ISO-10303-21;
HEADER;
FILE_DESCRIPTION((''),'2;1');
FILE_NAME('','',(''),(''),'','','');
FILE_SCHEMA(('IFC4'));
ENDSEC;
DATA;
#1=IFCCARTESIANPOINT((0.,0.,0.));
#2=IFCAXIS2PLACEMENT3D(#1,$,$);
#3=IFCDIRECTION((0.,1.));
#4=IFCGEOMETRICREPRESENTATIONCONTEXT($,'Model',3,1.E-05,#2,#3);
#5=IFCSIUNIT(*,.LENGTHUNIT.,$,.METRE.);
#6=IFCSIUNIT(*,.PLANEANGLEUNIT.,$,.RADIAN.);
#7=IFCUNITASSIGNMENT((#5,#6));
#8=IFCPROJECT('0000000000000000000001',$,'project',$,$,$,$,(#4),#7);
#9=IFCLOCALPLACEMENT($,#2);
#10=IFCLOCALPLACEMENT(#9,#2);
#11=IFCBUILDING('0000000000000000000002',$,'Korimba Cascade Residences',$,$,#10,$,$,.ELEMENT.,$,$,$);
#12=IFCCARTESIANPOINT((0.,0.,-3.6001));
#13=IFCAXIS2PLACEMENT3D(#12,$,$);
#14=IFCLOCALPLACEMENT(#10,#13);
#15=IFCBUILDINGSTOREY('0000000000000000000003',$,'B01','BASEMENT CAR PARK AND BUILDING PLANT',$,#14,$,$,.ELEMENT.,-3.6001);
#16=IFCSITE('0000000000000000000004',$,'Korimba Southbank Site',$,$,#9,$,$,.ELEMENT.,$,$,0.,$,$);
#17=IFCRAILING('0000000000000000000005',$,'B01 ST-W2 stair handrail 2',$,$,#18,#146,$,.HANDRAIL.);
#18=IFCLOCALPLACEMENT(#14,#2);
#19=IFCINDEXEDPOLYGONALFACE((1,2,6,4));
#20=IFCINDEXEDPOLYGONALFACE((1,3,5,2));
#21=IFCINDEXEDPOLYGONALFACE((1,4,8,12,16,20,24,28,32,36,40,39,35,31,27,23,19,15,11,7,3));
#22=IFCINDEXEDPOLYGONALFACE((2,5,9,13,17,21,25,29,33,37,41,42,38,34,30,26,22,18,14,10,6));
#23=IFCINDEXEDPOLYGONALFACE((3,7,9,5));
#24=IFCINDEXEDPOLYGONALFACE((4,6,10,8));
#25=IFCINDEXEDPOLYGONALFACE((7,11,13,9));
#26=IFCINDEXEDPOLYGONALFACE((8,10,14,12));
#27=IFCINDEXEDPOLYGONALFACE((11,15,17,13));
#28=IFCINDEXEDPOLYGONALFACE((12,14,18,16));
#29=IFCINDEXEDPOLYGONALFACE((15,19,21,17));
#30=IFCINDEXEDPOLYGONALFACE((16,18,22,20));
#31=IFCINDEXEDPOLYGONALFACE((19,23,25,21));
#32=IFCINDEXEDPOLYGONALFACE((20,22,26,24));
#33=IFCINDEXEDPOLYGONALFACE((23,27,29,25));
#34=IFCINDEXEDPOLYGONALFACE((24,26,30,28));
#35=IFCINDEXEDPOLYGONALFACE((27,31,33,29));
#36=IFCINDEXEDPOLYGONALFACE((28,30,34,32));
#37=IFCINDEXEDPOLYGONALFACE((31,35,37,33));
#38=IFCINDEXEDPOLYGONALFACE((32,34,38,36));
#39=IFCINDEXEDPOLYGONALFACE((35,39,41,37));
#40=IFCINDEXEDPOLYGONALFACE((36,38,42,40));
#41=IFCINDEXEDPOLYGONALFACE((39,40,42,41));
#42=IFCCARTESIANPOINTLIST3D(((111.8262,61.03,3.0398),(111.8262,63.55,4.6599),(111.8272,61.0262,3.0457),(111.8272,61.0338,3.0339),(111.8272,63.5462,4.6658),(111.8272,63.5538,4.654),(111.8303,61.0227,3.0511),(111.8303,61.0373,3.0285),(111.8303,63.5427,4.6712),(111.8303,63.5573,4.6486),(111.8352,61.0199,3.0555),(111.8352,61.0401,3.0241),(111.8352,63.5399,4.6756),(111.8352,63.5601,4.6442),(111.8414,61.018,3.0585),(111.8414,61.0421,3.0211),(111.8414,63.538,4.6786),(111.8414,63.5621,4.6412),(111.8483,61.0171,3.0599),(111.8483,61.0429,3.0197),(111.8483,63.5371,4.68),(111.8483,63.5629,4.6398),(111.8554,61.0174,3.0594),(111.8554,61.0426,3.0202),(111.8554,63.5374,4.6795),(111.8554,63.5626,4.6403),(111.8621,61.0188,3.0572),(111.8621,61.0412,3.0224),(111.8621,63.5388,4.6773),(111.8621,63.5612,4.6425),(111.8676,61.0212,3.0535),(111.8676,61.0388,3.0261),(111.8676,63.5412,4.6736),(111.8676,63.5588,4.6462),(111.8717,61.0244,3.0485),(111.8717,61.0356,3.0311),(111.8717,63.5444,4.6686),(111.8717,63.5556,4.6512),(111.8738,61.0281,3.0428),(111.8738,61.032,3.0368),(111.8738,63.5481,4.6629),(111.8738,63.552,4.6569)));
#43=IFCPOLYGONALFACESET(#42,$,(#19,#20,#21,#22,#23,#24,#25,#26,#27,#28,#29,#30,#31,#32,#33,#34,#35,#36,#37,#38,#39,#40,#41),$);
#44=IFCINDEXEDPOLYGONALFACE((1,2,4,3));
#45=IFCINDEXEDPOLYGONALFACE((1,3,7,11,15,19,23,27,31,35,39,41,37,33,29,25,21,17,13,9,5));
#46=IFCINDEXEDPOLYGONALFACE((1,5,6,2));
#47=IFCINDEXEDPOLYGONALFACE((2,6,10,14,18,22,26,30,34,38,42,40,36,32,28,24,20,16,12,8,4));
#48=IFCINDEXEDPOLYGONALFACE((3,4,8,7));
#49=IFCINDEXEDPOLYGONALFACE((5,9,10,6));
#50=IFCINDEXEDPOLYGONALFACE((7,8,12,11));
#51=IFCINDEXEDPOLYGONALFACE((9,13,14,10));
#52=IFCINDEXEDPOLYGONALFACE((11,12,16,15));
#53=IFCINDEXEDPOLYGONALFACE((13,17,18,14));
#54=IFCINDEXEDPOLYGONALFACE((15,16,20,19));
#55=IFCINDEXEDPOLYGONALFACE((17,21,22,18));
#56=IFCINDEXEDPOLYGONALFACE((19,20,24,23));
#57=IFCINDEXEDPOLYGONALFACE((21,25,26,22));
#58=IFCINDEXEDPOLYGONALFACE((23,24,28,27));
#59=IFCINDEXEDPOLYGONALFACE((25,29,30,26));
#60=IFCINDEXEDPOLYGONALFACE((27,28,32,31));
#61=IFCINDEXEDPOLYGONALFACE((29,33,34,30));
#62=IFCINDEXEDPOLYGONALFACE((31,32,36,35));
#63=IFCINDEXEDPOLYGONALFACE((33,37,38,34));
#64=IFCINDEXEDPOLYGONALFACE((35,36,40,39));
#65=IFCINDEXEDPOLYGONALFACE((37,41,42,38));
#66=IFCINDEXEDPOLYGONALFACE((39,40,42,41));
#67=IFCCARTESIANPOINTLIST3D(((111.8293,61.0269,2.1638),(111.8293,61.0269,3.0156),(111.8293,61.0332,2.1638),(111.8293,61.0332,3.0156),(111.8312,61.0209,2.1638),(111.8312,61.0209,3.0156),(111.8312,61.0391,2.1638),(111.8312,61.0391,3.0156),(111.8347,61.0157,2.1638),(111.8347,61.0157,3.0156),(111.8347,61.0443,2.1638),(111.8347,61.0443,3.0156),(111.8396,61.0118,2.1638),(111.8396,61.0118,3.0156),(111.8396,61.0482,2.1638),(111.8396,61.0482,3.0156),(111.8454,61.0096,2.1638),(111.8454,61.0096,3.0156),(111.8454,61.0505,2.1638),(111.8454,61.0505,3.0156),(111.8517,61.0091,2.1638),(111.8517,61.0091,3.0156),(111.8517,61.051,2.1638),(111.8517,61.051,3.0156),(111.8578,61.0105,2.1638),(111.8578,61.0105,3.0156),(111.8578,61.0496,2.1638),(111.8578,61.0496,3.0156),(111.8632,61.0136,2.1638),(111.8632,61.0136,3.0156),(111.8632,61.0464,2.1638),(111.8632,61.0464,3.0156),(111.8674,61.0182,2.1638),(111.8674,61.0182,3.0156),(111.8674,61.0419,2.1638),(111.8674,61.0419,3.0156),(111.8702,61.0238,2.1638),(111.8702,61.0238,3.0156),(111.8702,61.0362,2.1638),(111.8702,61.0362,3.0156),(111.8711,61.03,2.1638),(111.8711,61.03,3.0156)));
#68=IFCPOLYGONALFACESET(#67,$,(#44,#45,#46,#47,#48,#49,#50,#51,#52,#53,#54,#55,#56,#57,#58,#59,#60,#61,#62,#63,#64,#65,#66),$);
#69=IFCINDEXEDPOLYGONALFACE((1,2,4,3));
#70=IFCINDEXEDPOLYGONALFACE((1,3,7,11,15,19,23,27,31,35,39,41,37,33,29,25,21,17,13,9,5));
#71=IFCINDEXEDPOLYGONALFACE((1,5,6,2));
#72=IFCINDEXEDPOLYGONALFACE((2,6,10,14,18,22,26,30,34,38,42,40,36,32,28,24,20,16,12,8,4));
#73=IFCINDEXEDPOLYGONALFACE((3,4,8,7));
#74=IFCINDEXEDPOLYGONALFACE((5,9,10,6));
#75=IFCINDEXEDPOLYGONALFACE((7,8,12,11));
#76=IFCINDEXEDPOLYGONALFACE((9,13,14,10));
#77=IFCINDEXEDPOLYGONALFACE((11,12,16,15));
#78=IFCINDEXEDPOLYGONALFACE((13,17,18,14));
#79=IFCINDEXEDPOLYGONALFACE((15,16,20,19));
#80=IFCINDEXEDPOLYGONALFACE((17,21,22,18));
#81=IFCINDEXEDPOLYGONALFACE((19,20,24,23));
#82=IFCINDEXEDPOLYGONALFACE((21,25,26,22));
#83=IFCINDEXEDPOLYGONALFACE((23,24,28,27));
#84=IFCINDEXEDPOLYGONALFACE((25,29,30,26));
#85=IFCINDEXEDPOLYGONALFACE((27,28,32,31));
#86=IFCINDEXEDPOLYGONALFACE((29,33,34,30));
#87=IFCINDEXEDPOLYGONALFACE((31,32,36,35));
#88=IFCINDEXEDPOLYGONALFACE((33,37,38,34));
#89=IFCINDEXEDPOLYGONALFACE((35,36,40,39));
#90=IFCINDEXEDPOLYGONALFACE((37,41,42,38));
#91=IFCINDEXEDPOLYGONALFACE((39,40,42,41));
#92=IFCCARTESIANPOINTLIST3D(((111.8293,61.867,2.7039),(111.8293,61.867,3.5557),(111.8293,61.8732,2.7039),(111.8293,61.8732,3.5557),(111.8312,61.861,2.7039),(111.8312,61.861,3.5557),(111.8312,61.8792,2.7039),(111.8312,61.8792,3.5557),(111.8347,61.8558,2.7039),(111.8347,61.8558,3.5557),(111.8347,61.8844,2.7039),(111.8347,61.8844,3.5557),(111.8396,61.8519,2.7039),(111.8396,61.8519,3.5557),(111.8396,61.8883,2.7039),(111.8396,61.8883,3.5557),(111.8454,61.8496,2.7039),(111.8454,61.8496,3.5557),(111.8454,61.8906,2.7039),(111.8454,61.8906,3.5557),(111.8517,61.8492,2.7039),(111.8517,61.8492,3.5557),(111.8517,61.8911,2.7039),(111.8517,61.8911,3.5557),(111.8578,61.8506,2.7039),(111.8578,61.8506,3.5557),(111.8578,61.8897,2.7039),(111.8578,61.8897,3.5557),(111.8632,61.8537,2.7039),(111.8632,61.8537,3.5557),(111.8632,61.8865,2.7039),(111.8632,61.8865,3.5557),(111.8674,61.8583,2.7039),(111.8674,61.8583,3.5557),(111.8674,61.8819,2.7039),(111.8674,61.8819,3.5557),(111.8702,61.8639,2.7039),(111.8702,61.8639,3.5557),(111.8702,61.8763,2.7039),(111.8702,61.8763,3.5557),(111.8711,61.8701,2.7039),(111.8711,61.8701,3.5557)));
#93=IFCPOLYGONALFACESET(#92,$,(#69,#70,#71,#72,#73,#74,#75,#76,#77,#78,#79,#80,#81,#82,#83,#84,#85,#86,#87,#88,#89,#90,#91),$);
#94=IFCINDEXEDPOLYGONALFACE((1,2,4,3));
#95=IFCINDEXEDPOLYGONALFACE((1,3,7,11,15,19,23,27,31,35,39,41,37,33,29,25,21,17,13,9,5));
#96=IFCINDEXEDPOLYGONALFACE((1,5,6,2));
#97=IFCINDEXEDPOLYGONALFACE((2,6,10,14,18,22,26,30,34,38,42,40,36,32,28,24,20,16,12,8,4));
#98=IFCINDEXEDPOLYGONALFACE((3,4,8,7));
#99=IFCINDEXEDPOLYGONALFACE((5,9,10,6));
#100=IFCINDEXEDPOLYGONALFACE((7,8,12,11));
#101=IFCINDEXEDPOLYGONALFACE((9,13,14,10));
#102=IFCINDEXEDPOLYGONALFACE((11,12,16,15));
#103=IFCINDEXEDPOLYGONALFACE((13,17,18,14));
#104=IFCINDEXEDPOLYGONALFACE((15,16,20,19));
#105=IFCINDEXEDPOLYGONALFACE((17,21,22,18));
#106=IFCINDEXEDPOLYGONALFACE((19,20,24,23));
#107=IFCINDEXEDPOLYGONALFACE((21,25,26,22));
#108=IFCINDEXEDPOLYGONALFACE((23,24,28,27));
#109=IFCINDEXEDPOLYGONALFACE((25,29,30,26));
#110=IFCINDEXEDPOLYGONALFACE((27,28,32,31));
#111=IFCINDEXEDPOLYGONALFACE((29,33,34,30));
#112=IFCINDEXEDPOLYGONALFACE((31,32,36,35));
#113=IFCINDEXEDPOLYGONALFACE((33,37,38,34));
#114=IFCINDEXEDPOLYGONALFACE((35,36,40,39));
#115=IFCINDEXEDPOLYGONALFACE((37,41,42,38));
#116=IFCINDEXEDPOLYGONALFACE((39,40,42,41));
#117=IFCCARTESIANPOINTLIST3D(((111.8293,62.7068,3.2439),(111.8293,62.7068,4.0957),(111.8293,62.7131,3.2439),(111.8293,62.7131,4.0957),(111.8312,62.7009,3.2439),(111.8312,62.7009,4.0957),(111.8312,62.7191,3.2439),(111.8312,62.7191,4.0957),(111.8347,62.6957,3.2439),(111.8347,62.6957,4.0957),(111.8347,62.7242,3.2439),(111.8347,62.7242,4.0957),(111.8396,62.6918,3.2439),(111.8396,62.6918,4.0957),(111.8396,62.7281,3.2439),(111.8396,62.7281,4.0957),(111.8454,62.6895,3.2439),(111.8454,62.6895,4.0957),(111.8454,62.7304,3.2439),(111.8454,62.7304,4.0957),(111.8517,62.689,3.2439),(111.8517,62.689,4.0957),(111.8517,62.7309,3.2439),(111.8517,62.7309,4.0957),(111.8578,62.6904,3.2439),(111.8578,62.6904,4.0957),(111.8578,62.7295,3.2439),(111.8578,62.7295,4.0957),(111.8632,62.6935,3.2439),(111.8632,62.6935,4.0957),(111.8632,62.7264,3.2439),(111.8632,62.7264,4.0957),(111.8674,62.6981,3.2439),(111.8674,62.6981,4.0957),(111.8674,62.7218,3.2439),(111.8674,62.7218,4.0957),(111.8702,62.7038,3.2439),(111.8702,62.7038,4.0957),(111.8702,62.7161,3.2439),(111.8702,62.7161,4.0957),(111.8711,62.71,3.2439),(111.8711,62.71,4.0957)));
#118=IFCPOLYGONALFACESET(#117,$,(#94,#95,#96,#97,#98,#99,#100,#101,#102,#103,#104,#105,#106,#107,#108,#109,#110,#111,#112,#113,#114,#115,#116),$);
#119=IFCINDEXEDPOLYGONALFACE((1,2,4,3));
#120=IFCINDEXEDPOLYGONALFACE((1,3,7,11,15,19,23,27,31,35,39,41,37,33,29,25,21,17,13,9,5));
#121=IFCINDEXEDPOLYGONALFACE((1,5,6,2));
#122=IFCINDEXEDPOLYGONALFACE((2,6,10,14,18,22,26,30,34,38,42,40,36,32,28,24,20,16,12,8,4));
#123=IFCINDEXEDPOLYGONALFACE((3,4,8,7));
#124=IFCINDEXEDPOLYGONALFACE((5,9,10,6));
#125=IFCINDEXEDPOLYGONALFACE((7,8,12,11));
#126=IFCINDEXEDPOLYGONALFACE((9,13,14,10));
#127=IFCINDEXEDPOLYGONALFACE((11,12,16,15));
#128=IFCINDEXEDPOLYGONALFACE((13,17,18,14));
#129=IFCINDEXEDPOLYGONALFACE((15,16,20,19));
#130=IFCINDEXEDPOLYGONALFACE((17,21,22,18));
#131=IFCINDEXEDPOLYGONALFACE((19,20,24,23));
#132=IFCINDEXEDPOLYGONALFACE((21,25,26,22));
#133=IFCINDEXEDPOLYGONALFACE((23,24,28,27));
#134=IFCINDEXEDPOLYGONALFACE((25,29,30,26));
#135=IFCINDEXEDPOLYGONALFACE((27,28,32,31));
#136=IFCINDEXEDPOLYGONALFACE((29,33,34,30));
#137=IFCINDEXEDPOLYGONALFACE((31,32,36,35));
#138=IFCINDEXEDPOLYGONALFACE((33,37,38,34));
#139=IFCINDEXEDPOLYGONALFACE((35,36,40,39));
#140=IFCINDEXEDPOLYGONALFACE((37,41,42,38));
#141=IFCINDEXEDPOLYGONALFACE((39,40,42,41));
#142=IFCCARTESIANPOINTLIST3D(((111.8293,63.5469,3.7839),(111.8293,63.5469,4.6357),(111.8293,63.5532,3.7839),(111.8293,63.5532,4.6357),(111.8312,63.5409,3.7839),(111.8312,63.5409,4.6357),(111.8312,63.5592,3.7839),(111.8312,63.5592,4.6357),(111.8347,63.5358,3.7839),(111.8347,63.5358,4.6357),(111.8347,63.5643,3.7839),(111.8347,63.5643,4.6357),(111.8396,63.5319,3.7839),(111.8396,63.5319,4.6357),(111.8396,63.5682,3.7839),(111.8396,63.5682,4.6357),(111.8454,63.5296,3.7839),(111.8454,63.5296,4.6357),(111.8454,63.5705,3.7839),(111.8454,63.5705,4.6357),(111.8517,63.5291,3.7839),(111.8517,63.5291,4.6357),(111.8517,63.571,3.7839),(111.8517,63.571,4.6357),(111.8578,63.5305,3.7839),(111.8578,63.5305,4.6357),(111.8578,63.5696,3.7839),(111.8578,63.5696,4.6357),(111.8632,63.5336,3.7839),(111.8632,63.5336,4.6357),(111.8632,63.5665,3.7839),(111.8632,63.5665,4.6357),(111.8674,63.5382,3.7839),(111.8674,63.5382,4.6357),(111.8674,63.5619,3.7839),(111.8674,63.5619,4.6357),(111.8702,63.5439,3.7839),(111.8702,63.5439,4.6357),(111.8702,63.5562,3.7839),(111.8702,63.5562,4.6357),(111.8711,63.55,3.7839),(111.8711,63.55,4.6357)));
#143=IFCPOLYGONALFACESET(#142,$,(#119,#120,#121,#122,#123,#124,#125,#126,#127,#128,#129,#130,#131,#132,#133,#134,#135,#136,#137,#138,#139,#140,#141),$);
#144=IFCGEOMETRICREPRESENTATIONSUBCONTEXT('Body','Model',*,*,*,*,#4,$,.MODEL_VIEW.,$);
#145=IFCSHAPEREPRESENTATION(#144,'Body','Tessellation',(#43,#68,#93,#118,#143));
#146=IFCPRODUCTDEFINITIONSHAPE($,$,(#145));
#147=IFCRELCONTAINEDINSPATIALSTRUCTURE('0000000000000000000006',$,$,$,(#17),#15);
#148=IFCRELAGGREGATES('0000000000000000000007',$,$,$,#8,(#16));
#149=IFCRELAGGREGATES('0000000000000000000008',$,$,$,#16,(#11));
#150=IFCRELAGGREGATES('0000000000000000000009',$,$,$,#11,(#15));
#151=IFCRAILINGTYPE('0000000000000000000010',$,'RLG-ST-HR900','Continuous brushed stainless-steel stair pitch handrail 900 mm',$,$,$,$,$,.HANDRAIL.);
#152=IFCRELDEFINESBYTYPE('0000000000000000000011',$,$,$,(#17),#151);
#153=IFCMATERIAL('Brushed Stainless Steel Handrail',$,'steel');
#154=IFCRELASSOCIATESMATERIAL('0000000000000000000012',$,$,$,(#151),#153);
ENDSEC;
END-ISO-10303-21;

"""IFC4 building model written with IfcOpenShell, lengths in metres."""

from ifc_helpers import new_model, si_unit, direction, frame, origin, origin_2d, place, context, subcontext, project, spatial, circle, extrude, material, type_object, element, save


model = new_model("IFC4")

# Units and contexts
model_context = context("Model", 3, precision=1e-05, world=origin(), true_north=direction((0.0, 1.0)))
body_context = subcontext(model_context, "Body", "Model", "MODEL_VIEW")
ifc_project = project(units=[si_unit("LENGTHUNIT", "METRE"), si_unit("PLANEANGLEUNIT", "RADIAN")], contexts=[model_context])

# Site, building, storey
site_placement = place(None, origin())
site = spatial("IfcSite", under=ifc_project, at=site_placement, Name="Korimba Southbank Site", CompositionType="ELEMENT", RefElevation=0.0)
building_placement = place(site_placement, origin())
building = spatial("IfcBuilding", under=site, at=building_placement, Name="Korimba Cascade Residences", CompositionType="ELEMENT")
storey_placement = place(building_placement, frame((0.0, 0.0, -3.6001)))
storey = spatial("IfcBuildingStorey", under=building, at=storey_placement, Name="B01", Description="BASEMENT CAR PARK AND BUILDING PLANT", CompositionType="ELEMENT", Elevation=-3.6001)

# Railing
ifc_material_1 = material(Name="Brushed Stainless Steel Handrail", Category="steel")
railing_type_1 = type_object("IfcRailingType", Name="RLG-ST-HR900", Description="Continuous brushed stainless-steel stair pitch handrail 900 mm", PredefinedType="HANDRAIL", material=ifc_material_1)
railing_1_placement = place(storey_placement, frame((111.8501, 61.03, 2.1638)))
element("IfcRailing", 1, at=railing_1_placement, inside=storey, type_object=railing_type_1, Name="B01 ST-W2 stair handrail 2", PredefinedType="HANDRAIL", context=body_context, shape_type="SweptSolid", body=[
    extrude(circle(Radius=0.0239, at=origin_2d()), frame((0.0, 0.0, 0.876), z_axis=(0.0, 0.841163, 0.540782), x_axis=(-1.0, 0.0, 0.0)), (0.0, 0.0, 1.0), 2.9958),
    extrude(circle(Radius=0.021, at=origin_2d()), origin(), (0.0, 0.0, 1.0), 0.8518),
    extrude(circle(Radius=0.021, at=origin_2d()), frame((0.0, 0.8401, 0.54)), (0.0, 0.0, 1.0), 0.8518),
    extrude(circle(Radius=0.021, at=origin_2d()), frame((0.0, 1.6799, 1.0801)), (0.0, 0.0, 1.0), 0.8518),
    extrude(circle(Radius=0.021, at=origin_2d()), frame((0.0, 2.52, 1.6201)), (0.0, 0.0, 1.0), 0.8518),
])

save(model, "model.ifc")
